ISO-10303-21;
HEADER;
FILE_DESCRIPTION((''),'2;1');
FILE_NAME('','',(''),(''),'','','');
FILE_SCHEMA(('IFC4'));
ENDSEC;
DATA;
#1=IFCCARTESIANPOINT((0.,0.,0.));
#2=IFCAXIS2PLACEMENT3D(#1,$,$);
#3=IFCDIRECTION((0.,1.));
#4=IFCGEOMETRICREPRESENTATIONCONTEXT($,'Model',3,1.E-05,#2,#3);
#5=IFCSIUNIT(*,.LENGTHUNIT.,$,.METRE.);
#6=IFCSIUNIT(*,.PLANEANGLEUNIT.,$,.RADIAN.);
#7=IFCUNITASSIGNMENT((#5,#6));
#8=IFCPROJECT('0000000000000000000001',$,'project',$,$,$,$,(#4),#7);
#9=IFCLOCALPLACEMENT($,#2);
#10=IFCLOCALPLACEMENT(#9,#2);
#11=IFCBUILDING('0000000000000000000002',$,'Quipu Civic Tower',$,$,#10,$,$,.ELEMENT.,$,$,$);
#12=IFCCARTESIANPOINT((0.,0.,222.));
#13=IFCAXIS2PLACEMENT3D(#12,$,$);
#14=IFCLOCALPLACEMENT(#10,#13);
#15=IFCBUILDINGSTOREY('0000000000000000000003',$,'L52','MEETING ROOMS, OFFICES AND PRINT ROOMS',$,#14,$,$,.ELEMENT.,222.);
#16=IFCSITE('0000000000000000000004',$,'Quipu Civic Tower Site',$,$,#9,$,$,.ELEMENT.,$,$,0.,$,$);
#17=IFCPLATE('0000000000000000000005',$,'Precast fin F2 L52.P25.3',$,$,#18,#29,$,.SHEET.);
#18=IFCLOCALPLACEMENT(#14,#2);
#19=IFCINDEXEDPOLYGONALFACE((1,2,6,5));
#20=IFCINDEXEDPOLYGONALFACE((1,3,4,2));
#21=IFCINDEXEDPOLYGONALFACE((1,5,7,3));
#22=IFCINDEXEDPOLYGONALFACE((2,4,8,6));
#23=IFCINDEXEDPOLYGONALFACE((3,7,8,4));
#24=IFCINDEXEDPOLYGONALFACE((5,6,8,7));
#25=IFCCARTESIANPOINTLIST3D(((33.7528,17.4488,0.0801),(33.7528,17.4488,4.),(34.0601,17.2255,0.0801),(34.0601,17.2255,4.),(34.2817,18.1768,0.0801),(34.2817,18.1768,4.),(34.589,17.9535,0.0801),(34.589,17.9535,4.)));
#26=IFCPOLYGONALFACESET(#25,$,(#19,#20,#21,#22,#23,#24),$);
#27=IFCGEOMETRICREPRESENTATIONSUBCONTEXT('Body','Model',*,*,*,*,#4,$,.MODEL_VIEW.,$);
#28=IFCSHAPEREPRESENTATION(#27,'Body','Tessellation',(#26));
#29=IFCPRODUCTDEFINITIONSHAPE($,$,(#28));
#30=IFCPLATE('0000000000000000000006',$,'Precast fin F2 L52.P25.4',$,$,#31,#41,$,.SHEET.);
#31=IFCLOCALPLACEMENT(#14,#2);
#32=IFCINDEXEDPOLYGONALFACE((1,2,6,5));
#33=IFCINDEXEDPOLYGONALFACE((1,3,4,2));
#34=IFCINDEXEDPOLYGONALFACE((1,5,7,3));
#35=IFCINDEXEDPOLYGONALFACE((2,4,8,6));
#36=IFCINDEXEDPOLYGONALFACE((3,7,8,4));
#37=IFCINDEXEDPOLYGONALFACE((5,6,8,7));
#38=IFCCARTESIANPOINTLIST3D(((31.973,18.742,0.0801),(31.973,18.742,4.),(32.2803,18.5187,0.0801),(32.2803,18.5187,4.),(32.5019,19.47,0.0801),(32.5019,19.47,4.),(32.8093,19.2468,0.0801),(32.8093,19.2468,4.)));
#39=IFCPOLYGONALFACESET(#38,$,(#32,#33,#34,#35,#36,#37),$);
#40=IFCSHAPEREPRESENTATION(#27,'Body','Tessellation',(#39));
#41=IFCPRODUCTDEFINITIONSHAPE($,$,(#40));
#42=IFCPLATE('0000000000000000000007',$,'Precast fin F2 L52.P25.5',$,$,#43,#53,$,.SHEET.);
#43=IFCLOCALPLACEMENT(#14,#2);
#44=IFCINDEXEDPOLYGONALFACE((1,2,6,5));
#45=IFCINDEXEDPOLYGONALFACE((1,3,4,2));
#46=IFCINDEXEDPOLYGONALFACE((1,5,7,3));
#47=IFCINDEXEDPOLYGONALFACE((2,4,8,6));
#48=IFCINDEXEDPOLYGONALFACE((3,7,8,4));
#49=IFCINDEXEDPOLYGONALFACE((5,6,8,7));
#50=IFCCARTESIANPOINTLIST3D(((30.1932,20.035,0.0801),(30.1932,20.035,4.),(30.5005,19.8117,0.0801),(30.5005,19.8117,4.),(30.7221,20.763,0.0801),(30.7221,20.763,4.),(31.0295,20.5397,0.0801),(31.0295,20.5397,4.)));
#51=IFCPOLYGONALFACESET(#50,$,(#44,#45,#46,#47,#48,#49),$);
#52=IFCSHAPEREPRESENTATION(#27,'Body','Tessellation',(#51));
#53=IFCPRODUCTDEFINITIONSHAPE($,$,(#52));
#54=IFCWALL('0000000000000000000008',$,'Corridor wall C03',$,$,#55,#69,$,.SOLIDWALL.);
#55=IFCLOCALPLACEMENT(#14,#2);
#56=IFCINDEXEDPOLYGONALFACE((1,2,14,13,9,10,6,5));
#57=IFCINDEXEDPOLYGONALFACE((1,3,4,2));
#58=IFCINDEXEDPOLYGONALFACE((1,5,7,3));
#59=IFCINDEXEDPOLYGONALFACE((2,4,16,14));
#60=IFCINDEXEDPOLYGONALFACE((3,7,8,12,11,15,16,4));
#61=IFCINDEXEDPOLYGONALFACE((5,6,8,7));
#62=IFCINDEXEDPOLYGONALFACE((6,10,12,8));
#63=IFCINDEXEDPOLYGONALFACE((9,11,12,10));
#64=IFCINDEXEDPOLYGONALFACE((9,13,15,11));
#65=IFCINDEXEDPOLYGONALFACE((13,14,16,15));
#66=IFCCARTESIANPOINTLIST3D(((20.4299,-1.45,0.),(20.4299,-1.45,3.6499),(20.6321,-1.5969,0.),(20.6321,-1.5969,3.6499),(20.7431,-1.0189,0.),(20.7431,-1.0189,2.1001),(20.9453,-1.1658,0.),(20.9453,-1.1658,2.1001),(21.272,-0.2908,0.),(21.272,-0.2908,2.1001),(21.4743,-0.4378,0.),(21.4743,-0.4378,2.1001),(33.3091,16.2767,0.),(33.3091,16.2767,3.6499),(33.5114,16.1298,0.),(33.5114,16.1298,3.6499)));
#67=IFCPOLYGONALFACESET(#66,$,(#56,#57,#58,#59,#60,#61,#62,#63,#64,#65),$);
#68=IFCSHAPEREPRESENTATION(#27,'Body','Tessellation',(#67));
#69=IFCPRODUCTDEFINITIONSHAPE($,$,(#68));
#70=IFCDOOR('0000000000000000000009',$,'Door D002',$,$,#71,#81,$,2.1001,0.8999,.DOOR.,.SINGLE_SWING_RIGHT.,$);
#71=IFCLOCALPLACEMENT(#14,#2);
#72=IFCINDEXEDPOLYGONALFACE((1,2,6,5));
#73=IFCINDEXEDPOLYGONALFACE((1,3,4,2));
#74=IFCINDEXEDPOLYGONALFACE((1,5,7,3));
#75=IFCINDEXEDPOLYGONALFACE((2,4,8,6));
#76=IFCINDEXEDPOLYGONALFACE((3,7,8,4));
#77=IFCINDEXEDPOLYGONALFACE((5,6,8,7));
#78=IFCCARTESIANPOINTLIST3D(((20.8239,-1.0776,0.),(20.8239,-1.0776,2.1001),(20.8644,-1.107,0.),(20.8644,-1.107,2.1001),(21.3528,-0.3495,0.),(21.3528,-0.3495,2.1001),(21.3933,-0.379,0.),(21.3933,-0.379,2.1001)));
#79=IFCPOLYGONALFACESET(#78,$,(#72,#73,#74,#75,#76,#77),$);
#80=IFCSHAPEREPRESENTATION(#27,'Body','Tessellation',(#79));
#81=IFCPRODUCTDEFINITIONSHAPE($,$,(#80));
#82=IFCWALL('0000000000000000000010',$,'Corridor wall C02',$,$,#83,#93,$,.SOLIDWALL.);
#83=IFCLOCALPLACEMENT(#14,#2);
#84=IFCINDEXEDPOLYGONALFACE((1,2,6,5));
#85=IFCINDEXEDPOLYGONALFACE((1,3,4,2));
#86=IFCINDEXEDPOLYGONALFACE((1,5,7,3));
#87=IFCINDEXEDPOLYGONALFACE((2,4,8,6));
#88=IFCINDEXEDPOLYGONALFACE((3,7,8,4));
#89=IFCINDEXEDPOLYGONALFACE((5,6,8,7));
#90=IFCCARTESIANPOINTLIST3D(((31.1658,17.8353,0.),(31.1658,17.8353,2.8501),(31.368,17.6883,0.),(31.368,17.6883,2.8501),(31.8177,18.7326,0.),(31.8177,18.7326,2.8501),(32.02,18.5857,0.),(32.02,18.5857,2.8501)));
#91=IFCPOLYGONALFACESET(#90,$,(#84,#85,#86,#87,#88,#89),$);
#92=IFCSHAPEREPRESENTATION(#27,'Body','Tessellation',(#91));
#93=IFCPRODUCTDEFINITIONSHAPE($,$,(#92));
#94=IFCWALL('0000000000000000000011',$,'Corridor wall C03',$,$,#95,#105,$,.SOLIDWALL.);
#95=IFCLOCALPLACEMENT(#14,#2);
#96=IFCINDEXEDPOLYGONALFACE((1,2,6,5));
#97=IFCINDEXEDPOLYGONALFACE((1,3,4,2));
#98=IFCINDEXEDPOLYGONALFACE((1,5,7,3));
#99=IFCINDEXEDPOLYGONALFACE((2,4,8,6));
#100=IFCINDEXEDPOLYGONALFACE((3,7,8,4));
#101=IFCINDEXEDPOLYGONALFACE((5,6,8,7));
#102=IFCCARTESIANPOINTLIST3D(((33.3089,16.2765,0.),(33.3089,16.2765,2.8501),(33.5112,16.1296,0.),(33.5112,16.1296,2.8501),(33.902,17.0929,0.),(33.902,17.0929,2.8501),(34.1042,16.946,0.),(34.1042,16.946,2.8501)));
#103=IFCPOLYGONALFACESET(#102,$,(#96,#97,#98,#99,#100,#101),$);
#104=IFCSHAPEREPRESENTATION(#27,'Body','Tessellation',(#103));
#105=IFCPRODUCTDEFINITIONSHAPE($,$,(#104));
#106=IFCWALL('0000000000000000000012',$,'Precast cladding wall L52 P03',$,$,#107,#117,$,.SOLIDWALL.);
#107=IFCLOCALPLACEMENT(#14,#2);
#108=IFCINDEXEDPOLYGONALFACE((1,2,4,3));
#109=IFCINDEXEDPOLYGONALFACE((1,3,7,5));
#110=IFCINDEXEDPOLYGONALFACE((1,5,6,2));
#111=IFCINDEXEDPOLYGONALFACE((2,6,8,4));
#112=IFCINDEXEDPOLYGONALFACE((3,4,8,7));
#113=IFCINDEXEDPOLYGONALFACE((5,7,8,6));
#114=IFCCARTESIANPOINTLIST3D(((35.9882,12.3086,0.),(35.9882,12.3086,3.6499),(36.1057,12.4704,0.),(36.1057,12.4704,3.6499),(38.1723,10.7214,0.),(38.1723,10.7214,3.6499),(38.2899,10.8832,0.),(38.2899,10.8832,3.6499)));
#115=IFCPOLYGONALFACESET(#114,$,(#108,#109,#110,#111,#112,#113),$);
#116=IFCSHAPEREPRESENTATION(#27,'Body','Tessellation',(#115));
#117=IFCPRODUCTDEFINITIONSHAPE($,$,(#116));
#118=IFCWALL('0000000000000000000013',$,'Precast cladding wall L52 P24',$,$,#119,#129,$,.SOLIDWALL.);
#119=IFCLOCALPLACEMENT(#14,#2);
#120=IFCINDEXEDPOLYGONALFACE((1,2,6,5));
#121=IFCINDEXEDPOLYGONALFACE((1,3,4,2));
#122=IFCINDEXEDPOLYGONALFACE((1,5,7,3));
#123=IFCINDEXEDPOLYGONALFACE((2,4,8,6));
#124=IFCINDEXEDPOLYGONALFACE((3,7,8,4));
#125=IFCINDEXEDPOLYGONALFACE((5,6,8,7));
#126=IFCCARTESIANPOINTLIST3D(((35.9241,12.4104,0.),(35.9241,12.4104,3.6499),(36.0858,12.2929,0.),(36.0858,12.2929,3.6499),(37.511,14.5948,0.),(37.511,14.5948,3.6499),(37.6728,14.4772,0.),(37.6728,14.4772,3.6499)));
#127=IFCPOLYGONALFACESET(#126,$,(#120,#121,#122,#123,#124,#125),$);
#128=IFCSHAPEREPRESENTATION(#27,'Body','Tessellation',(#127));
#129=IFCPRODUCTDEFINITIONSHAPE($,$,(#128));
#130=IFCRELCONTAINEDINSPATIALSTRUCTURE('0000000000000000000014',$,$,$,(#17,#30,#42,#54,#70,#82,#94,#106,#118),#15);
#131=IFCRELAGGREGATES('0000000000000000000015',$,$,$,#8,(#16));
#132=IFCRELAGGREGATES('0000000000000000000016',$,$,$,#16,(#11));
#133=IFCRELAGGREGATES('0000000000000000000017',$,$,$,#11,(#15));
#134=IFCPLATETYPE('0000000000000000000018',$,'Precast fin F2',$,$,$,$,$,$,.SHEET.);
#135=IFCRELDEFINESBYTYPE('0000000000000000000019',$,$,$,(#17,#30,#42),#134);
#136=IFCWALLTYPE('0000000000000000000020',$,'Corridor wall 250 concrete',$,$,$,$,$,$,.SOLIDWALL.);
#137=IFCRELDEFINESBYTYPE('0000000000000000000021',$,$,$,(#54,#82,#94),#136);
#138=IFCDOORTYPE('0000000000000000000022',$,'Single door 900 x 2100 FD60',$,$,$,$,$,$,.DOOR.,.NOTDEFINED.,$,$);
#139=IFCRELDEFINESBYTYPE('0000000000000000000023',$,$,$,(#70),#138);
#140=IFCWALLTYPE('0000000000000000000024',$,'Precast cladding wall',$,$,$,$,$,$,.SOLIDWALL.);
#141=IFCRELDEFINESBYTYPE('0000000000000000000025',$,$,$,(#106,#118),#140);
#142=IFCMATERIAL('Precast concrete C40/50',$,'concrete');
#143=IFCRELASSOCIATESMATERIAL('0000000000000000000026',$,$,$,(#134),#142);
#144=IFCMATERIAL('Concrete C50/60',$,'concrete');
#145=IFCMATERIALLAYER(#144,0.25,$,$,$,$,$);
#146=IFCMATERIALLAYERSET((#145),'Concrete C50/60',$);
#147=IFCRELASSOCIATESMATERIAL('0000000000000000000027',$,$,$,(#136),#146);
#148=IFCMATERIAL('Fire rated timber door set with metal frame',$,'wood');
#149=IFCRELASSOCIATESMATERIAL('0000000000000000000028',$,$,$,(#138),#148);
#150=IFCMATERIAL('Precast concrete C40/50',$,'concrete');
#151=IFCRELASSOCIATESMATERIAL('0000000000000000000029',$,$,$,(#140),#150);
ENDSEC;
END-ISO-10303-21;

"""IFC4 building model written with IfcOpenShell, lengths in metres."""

from ifc_helpers import new_model, si_unit, direction, frame, frame_2d, origin, origin_2d, place, context, subcontext, project, spatial, rectangle, extrude, material, layer, layer_set, type_object, element, fill, save


model = new_model("IFC4")

# Units and contexts
model_context = context("Model", 3, precision=1e-05, world=origin(), true_north=direction((0.0, 1.0)))
body_context = subcontext(model_context, "Body", "Model", "MODEL_VIEW")
ifc_project = project(units=[si_unit("LENGTHUNIT", "METRE"), si_unit("PLANEANGLEUNIT", "RADIAN")], contexts=[model_context])

# Site, building, storey
site_placement = place(None, origin())
site = spatial("IfcSite", under=ifc_project, at=site_placement, Name="Quipu Civic Tower Site", CompositionType="ELEMENT", RefElevation=0.0)
building_placement = place(site_placement, origin())
building = spatial("IfcBuilding", under=site, at=building_placement, Name="Quipu Civic Tower", CompositionType="ELEMENT")
storey_placement = place(building_placement, frame((0.0, 0.0, 222.0)))
storey = spatial("IfcBuildingStorey", under=building, at=storey_placement, Name="L52", Description="MEETING ROOMS, OFFICES AND PRINT ROOMS", CompositionType="ELEMENT", Elevation=222.0)

# Plates
ifc_material_1 = material(Name="Precast concrete C40/50", Category="concrete")
plate_type_1 = type_object("IfcPlateType", Name="Precast fin F2", PredefinedType="SHEET", material=ifc_material_1)
for number, where, z_axis, x_axis, name in (
    (1, (34.1709, 17.7012, 0.0801), (0.0, 0.0, 1.0), (-0.809017, 0.587785, 0.0), "Precast fin F2 L52.P25.3"),
    (2, (32.3911, 18.9944, 0.0801), (0.0, 0.0, 1.0), (-0.809017, 0.587785, 0.0), "Precast fin F2 L52.P25.4"),
    (3, (30.6113, 20.2874, 0.0801), (0.0, 0.0, 1.0), (-0.809017, 0.587785, 0.0), "Precast fin F2 L52.P25.5"),
):
    element("IfcPlate", number, at=place(storey_placement, frame(where, z_axis=z_axis, x_axis=x_axis)), inside=storey, type_object=plate_type_1, Name=name, PredefinedType="SHEET", context=body_context, shape_type="SweptSolid", body=[
        extrude(rectangle(XDim=0.3799, YDim=0.8999, at=origin_2d()), origin(), (0.0, 0.0, 1.0), 3.9199),
    ])

# Wall, opening, door
ifc_material_2 = material(Name="Concrete C50/60", Category="concrete")
ifc_layer_1 = layer(ifc_material_2, 0.25)
ifc_layer_set_1 = layer_set([ifc_layer_1], Name="Concrete C50/60")
wall_type_1 = type_object("IfcWallType", Name="Corridor wall 250 concrete", PredefinedType="SOLIDWALL", material=ifc_layer_set_1)
wall_1_placement = place(storey_placement, frame((33.4102, 16.2031, 0.0), z_axis=(0.0, 0.0, 1.0), x_axis=(-0.587787, -0.809016, 0.0)))
wall_1 = element("IfcWall", 4, at=wall_1_placement, inside=storey, type_object=wall_type_1, Name="Corridor wall C03", PredefinedType="SOLIDWALL", context=body_context, shape_type="SweptSolid", body=[
    extrude(rectangle(XDim=21.9114, YDim=0.25, at=frame_2d((10.9556, 0.0))), origin(), (0.0, 0.0, 1.0), 3.6499),
])
opening_placement = place(wall_1_placement, frame((20.4785, 0.0, 0.0)))
opening = element("IfcOpeningElement", 5, at=opening_placement, cuts=wall_1, PredefinedType="OPENING", context=body_context, shape_type="SweptSolid", body=[
    extrude(rectangle(XDim=0.8999, YDim=2.1001, at=frame_2d((0.45, 1.05))), frame((0.0, 0.135, 0.0), z_axis=(0.0, -1.0, 0.0), x_axis=(1.0, 0.0, 0.0)), (0.0, 0.0, 1.0), 0.27),
])
ifc_material_3 = material(Name="Fire rated timber door set with metal frame", Category="wood")
door_type = type_object("IfcDoorType", Name="Single door 900 x 2100 FD60", OperationType="NOTDEFINED", PredefinedType="DOOR", material=ifc_material_3)
door_placement = place(opening_placement, origin())
door = element("IfcDoor", 6, at=door_placement, inside=storey, type_object=door_type, Name="Door D002", OperationType="SINGLE_SWING_RIGHT", OverallHeight=2.1001, OverallWidth=0.8999, PredefinedType="DOOR", context=body_context, shape_type="SweptSolid", body=[
    extrude(rectangle(XDim=0.8999, YDim=2.1001, at=frame_2d((0.45, 1.05))), frame((0.0, 0.0249, 0.0), z_axis=(0.0, -1.0, 0.0), x_axis=(1.0, 0.0, 0.0)), (0.0, 0.0, 1.0), 0.05),
])
fill(opening, door)

# Walls
wall_2_placement = place(storey_placement, frame((31.2668, 17.7617, 0.0), z_axis=(0.0, 0.0, 1.0), x_axis=(0.587779, 0.809022, 0.0)))
element("IfcWall", 7, at=wall_2_placement, inside=storey, type_object=wall_type_1, Name="Corridor wall C02", PredefinedType="SOLIDWALL", context=body_context, shape_type="SweptSolid", body=[
    extrude(rectangle(XDim=1.1091, YDim=0.25, at=frame_2d((0.5547, 0.0))), origin(), (0.0, 0.0, 1.0), 2.8501),
])
wall_3_placement = place(storey_placement, frame((33.4102, 16.2031, 0.0), z_axis=(0.0, 0.0, 1.0), x_axis=(0.587697, 0.809081, 0.0)))
element("IfcWall", 8, at=wall_3_placement, inside=storey, type_object=wall_type_1, Name="Corridor wall C03", PredefinedType="SOLIDWALL", context=body_context, shape_type="SweptSolid", body=[
    extrude(rectangle(XDim=1.009, YDim=0.25, at=frame_2d((0.5044, 0.0))), origin(), (0.0, 0.0, 1.0), 2.8501),
])
ifc_material_4 = material(Name="Precast concrete C40/50", Category="concrete")
wall_type_2 = type_object("IfcWallType", Name="Precast cladding wall", PredefinedType="SOLIDWALL", material=ifc_material_4)
for number, where, z_axis, x_axis, name in (
    (9, (38.2312, 10.8022, 0.0), (0.0, 0.0, 1.0), (-0.808959, 0.587865, 0.0), "Precast cladding wall L52 P03"),
    (10, (36.0049, 12.3516, 0.0), (0.0, 0.0, 1.0), (0.587763, 0.809033, 0.0), "Precast cladding wall L52 P24"),
):
    element("IfcWall", number, at=place(storey_placement, frame(where, z_axis=z_axis, x_axis=x_axis)), inside=storey, type_object=wall_type_2, Name=name, PredefinedType="SOLIDWALL", context=body_context, shape_type="SweptSolid", body=[
        extrude(rectangle(XDim=2.7, YDim=0.2, at=frame_2d((1.3501, 0.0))), origin(), (0.0, 0.0, 1.0), 3.6499),
    ])

save(model, "model.ifc")
